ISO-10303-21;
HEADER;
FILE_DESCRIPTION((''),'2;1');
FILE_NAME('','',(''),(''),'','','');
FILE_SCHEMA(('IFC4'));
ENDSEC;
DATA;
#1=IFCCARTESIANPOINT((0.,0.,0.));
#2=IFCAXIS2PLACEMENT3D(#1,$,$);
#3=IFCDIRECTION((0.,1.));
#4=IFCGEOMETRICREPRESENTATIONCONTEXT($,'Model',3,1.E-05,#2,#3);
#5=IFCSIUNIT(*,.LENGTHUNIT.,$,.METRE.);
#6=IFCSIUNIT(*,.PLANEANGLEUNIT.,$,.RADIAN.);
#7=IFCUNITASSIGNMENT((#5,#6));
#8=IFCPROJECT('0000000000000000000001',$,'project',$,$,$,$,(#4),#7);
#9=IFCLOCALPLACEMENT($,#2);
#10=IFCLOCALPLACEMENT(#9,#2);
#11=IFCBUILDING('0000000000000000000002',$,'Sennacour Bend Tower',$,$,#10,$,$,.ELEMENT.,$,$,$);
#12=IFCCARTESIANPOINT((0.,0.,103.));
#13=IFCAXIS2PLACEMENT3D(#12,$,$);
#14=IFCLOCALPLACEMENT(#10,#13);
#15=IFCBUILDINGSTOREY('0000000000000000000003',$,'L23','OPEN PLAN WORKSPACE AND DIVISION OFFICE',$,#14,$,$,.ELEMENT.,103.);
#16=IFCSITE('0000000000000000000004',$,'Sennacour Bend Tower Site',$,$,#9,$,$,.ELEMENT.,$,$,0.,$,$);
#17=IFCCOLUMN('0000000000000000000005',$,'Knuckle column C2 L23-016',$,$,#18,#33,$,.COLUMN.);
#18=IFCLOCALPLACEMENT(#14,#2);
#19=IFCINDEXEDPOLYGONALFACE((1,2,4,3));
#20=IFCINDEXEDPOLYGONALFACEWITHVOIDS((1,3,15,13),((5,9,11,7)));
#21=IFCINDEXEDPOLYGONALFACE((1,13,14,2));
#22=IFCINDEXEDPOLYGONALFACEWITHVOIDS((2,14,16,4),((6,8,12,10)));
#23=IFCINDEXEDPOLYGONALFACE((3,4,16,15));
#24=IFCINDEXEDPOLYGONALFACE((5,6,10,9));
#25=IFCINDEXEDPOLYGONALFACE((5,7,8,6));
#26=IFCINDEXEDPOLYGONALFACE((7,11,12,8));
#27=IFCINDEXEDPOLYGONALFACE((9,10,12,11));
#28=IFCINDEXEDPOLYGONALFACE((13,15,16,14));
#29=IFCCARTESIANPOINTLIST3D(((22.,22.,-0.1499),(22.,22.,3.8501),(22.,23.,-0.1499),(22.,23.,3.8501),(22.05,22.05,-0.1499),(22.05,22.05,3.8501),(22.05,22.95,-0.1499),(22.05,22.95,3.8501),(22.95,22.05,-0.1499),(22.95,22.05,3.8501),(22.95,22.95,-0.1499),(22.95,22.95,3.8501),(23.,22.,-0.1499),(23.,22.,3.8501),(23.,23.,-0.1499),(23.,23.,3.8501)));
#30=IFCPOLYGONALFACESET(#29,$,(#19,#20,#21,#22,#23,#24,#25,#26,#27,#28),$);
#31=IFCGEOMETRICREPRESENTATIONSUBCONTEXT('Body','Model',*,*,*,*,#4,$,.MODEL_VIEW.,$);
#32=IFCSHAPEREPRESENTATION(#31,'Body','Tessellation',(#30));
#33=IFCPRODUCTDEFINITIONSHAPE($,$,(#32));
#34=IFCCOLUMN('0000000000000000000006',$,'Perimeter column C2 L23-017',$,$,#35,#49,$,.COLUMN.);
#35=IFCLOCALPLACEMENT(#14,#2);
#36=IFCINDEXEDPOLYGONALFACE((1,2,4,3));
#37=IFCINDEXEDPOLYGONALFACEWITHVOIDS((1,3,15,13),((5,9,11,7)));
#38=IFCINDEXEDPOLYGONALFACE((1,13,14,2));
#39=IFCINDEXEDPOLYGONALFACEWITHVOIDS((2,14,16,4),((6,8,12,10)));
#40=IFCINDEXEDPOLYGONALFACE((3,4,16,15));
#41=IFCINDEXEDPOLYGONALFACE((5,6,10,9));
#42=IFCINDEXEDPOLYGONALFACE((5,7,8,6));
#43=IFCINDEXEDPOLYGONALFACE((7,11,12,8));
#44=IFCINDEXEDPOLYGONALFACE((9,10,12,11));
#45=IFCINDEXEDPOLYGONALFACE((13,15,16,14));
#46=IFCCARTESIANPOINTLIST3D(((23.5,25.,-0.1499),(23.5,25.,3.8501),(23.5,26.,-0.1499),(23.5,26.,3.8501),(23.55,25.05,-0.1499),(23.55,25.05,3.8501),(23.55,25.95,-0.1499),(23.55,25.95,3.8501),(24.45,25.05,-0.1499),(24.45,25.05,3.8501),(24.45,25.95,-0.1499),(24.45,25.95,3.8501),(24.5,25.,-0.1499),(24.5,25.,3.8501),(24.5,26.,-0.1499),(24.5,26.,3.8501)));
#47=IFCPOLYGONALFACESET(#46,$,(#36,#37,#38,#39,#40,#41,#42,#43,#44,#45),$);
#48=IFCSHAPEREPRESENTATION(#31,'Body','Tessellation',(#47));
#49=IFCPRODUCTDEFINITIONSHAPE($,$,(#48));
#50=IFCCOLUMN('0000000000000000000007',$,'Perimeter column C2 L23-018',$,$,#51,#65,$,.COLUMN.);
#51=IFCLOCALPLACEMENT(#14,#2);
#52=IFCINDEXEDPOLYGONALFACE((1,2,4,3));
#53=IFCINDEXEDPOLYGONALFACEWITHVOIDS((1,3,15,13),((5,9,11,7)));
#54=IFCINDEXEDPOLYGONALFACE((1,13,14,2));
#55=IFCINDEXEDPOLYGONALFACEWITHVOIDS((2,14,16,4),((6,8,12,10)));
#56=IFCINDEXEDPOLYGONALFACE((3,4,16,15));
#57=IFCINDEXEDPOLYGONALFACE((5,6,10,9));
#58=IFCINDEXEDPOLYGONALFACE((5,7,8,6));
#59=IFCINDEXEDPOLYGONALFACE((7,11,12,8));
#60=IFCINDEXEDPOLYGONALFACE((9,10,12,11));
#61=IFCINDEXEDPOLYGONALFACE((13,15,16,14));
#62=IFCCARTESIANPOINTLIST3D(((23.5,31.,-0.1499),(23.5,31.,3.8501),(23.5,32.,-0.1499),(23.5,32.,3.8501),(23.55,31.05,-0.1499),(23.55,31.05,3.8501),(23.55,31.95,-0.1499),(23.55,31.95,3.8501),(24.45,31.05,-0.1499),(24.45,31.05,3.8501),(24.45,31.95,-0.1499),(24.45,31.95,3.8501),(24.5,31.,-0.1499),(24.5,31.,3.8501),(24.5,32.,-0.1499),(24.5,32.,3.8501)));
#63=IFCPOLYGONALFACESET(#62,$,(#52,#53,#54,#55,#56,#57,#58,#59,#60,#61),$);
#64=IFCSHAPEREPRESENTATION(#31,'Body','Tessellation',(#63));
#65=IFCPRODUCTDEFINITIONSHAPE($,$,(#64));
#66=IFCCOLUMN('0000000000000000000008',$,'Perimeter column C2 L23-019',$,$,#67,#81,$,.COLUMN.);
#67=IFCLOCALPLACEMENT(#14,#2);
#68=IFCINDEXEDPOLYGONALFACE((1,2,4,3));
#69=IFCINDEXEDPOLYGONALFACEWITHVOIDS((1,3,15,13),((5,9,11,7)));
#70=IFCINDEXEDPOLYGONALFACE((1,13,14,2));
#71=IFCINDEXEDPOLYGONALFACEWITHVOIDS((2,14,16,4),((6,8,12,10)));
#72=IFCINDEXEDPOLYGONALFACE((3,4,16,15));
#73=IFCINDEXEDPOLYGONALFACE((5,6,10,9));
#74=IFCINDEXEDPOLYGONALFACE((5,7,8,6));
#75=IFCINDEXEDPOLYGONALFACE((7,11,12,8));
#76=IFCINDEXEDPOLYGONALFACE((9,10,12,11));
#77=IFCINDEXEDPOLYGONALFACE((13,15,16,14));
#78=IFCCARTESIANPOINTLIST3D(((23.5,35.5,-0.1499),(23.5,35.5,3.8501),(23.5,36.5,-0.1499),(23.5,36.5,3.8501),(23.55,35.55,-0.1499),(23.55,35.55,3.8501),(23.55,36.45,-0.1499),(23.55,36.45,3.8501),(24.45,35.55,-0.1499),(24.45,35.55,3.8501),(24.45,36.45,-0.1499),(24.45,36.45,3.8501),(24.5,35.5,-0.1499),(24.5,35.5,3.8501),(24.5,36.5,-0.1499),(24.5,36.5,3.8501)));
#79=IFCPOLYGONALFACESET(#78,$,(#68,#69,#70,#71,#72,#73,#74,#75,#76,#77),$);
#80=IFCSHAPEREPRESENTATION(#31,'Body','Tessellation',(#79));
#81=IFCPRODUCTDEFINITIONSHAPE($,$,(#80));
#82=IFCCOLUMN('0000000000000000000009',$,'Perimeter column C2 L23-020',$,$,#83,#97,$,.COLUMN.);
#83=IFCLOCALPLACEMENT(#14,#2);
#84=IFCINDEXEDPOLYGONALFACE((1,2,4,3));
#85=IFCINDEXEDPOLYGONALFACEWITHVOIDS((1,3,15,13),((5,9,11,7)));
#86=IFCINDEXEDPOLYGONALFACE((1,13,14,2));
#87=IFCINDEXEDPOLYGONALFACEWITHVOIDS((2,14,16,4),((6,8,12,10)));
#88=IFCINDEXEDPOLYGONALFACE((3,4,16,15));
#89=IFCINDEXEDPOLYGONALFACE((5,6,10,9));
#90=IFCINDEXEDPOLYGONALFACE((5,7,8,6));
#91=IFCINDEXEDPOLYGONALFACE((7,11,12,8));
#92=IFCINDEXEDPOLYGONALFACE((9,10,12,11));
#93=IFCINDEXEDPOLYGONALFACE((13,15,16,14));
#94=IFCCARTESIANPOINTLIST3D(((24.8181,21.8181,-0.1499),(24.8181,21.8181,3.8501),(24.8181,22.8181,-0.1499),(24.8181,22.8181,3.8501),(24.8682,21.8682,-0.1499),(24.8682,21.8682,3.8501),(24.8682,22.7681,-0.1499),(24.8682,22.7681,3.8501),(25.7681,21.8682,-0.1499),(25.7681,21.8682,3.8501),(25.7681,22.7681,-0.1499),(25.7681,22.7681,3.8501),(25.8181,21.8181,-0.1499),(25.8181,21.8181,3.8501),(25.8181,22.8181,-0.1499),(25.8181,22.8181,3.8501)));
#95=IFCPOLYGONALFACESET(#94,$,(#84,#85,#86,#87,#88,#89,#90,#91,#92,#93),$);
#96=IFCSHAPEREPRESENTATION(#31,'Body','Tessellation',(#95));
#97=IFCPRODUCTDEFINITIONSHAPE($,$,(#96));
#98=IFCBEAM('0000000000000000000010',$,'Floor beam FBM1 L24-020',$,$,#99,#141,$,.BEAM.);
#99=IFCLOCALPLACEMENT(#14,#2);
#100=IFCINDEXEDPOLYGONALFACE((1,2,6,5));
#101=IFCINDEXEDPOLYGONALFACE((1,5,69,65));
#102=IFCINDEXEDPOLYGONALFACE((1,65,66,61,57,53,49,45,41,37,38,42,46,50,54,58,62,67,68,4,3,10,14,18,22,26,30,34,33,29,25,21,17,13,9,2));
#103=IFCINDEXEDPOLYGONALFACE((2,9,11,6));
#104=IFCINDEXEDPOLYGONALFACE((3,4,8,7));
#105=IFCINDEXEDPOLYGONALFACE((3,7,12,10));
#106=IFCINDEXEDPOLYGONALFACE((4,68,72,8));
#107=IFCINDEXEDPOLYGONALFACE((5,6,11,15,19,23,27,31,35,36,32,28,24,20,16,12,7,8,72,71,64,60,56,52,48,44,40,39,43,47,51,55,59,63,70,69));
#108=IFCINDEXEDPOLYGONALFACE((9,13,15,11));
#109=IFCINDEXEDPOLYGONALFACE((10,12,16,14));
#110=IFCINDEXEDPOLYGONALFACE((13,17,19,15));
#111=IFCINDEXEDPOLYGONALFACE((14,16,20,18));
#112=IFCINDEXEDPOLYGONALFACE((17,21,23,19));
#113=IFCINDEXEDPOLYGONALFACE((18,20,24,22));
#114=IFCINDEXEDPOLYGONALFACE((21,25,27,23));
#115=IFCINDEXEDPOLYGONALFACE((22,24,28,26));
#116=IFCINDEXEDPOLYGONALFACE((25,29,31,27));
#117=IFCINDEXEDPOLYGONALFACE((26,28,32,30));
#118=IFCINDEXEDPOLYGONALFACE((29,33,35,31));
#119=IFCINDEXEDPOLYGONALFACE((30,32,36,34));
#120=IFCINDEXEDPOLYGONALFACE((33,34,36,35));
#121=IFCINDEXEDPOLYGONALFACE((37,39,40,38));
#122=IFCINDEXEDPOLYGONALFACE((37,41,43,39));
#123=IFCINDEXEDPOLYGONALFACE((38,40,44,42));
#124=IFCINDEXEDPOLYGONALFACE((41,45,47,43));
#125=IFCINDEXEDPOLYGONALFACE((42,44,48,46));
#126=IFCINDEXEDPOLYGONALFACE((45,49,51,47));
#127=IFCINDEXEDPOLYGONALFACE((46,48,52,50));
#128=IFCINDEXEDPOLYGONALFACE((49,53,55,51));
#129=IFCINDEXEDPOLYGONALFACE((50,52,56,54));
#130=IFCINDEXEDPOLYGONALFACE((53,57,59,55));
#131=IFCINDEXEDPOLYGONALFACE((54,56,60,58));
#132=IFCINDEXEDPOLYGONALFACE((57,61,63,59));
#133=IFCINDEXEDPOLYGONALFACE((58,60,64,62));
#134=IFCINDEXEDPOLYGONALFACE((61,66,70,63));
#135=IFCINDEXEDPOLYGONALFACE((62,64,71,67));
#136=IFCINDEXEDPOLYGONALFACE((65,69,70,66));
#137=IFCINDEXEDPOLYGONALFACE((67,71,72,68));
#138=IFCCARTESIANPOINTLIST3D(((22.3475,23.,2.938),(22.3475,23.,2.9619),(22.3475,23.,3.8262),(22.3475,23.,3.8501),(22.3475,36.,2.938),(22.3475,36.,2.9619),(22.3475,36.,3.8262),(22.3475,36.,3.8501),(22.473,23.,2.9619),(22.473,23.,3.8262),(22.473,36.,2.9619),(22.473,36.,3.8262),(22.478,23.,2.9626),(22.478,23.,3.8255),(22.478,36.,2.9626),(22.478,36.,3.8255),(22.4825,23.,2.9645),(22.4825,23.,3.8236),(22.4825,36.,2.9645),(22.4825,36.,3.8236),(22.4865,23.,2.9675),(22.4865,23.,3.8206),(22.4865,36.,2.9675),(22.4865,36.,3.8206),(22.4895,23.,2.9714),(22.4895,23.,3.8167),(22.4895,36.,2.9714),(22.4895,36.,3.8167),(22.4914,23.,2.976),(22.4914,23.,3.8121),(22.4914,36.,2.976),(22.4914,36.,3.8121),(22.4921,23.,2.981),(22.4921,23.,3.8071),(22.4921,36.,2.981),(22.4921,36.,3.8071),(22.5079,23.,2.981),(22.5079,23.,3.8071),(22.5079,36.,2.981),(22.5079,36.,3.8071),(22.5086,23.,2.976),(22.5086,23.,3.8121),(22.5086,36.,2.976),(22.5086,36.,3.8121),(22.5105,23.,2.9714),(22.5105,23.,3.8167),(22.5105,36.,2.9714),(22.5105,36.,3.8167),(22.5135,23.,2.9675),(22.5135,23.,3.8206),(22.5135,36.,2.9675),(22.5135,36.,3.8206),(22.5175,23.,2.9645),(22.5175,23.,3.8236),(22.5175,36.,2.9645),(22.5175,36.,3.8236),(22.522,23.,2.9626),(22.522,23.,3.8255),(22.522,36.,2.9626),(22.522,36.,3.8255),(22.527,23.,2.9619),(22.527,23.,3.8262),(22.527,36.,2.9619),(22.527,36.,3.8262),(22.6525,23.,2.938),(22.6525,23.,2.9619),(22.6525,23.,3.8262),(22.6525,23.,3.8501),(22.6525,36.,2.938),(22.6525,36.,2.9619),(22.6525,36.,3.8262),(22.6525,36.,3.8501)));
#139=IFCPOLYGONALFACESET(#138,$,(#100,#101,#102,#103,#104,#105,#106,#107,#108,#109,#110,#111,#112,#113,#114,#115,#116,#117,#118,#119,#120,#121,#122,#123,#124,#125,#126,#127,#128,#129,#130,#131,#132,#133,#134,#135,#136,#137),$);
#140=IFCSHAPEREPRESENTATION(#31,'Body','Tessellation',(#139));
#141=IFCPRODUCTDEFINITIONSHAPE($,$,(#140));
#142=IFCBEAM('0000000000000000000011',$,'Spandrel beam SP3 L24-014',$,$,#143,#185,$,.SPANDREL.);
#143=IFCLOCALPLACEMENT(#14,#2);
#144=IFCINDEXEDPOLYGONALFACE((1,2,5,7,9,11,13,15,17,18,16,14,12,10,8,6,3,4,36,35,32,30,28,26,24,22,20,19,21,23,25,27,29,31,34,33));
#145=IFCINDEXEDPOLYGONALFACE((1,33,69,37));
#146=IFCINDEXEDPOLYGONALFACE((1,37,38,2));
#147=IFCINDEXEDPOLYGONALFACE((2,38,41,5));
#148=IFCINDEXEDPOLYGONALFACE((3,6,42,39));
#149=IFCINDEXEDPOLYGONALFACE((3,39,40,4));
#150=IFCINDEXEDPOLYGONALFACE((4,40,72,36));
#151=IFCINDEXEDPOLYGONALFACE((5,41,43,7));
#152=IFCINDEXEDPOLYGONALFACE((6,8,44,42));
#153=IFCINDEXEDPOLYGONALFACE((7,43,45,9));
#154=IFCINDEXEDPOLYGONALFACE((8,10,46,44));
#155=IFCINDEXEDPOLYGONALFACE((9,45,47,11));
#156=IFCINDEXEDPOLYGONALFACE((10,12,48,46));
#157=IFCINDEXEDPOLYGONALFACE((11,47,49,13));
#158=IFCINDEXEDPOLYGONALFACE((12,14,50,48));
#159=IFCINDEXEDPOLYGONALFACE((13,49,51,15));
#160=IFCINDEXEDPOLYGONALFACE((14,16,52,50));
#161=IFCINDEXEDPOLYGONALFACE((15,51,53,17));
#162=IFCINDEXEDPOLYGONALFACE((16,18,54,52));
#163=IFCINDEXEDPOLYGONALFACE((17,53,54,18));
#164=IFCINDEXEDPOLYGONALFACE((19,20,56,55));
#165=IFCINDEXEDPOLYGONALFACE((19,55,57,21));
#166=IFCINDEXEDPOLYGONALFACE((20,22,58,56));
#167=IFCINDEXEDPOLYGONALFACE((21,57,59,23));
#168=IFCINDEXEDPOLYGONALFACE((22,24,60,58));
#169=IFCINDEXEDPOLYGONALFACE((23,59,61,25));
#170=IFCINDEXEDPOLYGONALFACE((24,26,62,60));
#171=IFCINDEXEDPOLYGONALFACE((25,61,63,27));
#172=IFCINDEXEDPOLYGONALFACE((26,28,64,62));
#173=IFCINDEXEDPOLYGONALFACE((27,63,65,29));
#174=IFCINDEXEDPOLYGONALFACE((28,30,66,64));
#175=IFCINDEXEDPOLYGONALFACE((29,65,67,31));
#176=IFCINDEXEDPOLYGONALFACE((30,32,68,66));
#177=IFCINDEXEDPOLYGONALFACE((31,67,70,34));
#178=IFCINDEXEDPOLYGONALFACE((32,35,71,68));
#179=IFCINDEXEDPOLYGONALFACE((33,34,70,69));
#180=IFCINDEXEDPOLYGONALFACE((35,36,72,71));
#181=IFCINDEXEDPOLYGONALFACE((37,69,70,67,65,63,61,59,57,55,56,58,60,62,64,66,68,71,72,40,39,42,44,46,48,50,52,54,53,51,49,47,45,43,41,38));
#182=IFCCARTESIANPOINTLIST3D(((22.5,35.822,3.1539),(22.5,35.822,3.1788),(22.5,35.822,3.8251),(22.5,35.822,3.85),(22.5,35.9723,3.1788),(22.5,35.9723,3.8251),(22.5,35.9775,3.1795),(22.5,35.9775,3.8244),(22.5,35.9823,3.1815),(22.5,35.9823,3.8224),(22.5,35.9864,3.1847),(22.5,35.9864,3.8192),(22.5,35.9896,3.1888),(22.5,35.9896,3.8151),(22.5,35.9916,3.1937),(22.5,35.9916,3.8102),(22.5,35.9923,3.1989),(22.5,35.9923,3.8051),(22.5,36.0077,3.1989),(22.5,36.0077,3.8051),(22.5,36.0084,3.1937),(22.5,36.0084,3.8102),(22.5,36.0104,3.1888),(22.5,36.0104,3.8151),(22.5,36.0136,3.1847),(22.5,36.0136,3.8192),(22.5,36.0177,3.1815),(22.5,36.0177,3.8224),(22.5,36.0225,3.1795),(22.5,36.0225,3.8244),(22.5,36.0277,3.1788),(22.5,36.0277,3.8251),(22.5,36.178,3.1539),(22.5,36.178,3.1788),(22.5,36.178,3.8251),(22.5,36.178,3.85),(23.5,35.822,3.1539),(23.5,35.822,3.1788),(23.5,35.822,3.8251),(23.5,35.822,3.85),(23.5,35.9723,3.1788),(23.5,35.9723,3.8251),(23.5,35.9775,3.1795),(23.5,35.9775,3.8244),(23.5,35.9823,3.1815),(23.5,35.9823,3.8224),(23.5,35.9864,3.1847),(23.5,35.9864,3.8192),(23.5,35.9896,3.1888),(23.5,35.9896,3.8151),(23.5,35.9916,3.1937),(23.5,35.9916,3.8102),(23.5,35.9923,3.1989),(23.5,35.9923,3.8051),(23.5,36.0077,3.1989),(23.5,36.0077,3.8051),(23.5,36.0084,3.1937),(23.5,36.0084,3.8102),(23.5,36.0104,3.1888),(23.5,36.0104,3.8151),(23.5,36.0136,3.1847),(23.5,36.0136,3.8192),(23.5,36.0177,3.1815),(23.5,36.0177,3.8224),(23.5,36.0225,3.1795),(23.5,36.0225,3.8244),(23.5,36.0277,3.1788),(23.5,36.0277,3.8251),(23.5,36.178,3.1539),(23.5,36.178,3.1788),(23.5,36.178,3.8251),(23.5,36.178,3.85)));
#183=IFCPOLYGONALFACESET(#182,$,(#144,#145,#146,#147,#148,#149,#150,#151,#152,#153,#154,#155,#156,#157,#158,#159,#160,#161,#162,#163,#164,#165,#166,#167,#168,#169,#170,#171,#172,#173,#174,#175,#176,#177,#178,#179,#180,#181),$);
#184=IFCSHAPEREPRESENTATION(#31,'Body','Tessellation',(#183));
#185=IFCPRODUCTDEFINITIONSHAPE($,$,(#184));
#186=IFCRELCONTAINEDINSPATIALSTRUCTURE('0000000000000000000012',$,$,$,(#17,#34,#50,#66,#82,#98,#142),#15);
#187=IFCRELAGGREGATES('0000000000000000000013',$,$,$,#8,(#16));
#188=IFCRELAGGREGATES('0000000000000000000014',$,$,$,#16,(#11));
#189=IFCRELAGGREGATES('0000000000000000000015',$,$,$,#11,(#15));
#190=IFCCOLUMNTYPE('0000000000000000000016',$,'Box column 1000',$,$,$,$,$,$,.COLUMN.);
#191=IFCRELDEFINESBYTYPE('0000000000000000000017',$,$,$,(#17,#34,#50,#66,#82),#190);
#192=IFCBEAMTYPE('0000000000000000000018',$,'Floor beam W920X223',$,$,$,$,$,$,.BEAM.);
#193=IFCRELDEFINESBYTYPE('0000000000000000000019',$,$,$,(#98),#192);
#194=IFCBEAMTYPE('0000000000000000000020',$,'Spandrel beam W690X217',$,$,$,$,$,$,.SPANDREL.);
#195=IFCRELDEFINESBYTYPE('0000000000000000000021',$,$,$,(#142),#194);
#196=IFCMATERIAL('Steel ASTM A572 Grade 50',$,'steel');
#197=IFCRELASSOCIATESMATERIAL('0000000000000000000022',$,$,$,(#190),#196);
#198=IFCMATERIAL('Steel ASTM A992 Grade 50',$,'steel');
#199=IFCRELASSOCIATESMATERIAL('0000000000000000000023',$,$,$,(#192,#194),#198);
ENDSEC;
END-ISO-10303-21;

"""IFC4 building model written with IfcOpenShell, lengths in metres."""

from ifc_helpers import new_model, si_unit, direction, frame, origin, origin_2d, place, context, subcontext, project, spatial, hollow_rectangle, i_section, extrude, material, material_profile, profile_set, type_object, element, save


model = new_model("IFC4")

# Units and contexts
model_context = context("Model", 3, precision=1e-05, world=origin(), true_north=direction((0.0, 1.0)))
body_context = subcontext(model_context, "Body", "Model", "MODEL_VIEW")
ifc_project = project(units=[si_unit("LENGTHUNIT", "METRE"), si_unit("PLANEANGLEUNIT", "RADIAN")], contexts=[model_context])

# Site, building, storey
site_placement = place(None, origin())
site = spatial("IfcSite", under=ifc_project, at=site_placement, Name="Sennacour Bend Tower Site", CompositionType="ELEMENT", RefElevation=0.0)
building_placement = place(site_placement, origin())
building = spatial("IfcBuilding", under=site, at=building_placement, Name="Sennacour Bend Tower", CompositionType="ELEMENT")
storey_placement = place(building_placement, frame((0.0, 0.0, 103.0)))
storey = spatial("IfcBuildingStorey", under=building, at=storey_placement, Name="L23", Description="OPEN PLAN WORKSPACE AND DIVISION OFFICE", CompositionType="ELEMENT", Elevation=103.0)

# Columns
ifc_material_1 = material(Name="Steel ASTM A572 Grade 50", Category="steel")
ifc_material_profile_1 = material_profile(ifc_material_1, hollow_rectangle(XDim=1.0, YDim=1.0, WallThickness=0.05, at=origin_2d()), Name="Steel ASTM A572 Grade 50", Category="steel")
ifc_profile_set_1 = profile_set([ifc_material_profile_1], Name="Steel ASTM A572 Grade 50")
column_type = type_object("IfcColumnType", Name="Box column 1000", PredefinedType="COLUMN", material=ifc_profile_set_1)
for number, where, z_axis, x_axis, name in (
    (1, (22.5, 22.5, -0.1499), (0.0, 0.0, 1.0), (1.0, 0.0, 0.0), "Knuckle column C2 L23-016"),
    (2, (24.0, 25.5, -0.1499), (0.0, 0.0, 1.0), (1.0, 0.0, 0.0), "Perimeter column C2 L23-017"),
    (3, (24.0, 31.5, -0.1499), (0.0, 0.0, 1.0), (1.0, 0.0, 0.0), "Perimeter column C2 L23-018"),
    (4, (24.0, 36.0, -0.1499), (0.0, 0.0, 1.0), (1.0, 0.0, 0.0), "Perimeter column C2 L23-019"),
    (5, (25.3181, 22.3181, -0.1499), (0.0, 0.0, 1.0), (1.0, 0.0, 0.0), "Perimeter column C2 L23-020"),
):
    element("IfcColumn", number, at=place(storey_placement, frame(where, z_axis=z_axis, x_axis=x_axis)), inside=storey, type_object=column_type, Name=name, PredefinedType="COLUMN", context=body_context, shape_type="SweptSolid", body=[
        extrude(hollow_rectangle(XDim=1.0, YDim=1.0, WallThickness=0.05, at=origin_2d()), origin(), (0.0, 0.0, 1.0), 4.0),
    ])

# Beams
ifc_material_2 = material(Name="Steel ASTM A992 Grade 50", Category="steel")
ifc_material_profile_2 = material_profile(ifc_material_2, i_section(OverallWidth=0.3049, OverallDepth=0.9121, WebThickness=0.0159, FlangeThickness=0.0239, FilletRadius=0.019, at=origin_2d()), Name="Steel ASTM A992 Grade 50", Category="steel")
ifc_profile_set_2 = profile_set([ifc_material_profile_2], Name="Steel ASTM A992 Grade 50")
beam_type_1 = type_object("IfcBeamType", Name="Floor beam W920X223", PredefinedType="BEAM", material=ifc_profile_set_2)
beam_1_placement = place(storey_placement, frame((22.5, 23.0, 3.394), z_axis=(0.0, 1.0, 0.0), x_axis=(-1.0, 0.0, 0.0)))
element("IfcBeam", 6, at=beam_1_placement, inside=storey, type_object=beam_type_1, Name="Floor beam FBM1 L24-020", PredefinedType="BEAM", context=body_context, shape_type="SweptSolid", body=[
    extrude(i_section(OverallWidth=0.3049, OverallDepth=0.9121, WebThickness=0.0159, FlangeThickness=0.0239, FilletRadius=0.019, at=origin_2d()), origin(), (0.0, 0.0, 1.0), 13.0),
])
ifc_material_profile_3 = material_profile(ifc_material_2, i_section(OverallWidth=0.356, OverallDepth=0.696, WebThickness=0.0154, FlangeThickness=0.0249, FilletRadius=0.02, at=origin_2d()), Name="Steel ASTM A992 Grade 50", Category="steel")
ifc_profile_set_3 = profile_set([ifc_material_profile_3], Name="Steel ASTM A992 Grade 50")
beam_type_2 = type_object("IfcBeamType", Name="Spandrel beam W690X217", PredefinedType="SPANDREL", material=ifc_profile_set_3)
beam_2_placement = place(storey_placement, frame((22.5, 36.0, 3.502), z_axis=(1.0, 0.0, 0.0), x_axis=(0.0, 1.0, 0.0)))
element("IfcBeam", 7, at=beam_2_placement, inside=storey, type_object=beam_type_2, Name="Spandrel beam SP3 L24-014", PredefinedType="SPANDREL", context=body_context, shape_type="SweptSolid", body=[
    extrude(i_section(OverallWidth=0.356, OverallDepth=0.696, WebThickness=0.0154, FlangeThickness=0.0249, FilletRadius=0.02, at=origin_2d()), origin(), (0.0, 0.0, 1.0), 1.0),
])

save(model, "model.ifc")
